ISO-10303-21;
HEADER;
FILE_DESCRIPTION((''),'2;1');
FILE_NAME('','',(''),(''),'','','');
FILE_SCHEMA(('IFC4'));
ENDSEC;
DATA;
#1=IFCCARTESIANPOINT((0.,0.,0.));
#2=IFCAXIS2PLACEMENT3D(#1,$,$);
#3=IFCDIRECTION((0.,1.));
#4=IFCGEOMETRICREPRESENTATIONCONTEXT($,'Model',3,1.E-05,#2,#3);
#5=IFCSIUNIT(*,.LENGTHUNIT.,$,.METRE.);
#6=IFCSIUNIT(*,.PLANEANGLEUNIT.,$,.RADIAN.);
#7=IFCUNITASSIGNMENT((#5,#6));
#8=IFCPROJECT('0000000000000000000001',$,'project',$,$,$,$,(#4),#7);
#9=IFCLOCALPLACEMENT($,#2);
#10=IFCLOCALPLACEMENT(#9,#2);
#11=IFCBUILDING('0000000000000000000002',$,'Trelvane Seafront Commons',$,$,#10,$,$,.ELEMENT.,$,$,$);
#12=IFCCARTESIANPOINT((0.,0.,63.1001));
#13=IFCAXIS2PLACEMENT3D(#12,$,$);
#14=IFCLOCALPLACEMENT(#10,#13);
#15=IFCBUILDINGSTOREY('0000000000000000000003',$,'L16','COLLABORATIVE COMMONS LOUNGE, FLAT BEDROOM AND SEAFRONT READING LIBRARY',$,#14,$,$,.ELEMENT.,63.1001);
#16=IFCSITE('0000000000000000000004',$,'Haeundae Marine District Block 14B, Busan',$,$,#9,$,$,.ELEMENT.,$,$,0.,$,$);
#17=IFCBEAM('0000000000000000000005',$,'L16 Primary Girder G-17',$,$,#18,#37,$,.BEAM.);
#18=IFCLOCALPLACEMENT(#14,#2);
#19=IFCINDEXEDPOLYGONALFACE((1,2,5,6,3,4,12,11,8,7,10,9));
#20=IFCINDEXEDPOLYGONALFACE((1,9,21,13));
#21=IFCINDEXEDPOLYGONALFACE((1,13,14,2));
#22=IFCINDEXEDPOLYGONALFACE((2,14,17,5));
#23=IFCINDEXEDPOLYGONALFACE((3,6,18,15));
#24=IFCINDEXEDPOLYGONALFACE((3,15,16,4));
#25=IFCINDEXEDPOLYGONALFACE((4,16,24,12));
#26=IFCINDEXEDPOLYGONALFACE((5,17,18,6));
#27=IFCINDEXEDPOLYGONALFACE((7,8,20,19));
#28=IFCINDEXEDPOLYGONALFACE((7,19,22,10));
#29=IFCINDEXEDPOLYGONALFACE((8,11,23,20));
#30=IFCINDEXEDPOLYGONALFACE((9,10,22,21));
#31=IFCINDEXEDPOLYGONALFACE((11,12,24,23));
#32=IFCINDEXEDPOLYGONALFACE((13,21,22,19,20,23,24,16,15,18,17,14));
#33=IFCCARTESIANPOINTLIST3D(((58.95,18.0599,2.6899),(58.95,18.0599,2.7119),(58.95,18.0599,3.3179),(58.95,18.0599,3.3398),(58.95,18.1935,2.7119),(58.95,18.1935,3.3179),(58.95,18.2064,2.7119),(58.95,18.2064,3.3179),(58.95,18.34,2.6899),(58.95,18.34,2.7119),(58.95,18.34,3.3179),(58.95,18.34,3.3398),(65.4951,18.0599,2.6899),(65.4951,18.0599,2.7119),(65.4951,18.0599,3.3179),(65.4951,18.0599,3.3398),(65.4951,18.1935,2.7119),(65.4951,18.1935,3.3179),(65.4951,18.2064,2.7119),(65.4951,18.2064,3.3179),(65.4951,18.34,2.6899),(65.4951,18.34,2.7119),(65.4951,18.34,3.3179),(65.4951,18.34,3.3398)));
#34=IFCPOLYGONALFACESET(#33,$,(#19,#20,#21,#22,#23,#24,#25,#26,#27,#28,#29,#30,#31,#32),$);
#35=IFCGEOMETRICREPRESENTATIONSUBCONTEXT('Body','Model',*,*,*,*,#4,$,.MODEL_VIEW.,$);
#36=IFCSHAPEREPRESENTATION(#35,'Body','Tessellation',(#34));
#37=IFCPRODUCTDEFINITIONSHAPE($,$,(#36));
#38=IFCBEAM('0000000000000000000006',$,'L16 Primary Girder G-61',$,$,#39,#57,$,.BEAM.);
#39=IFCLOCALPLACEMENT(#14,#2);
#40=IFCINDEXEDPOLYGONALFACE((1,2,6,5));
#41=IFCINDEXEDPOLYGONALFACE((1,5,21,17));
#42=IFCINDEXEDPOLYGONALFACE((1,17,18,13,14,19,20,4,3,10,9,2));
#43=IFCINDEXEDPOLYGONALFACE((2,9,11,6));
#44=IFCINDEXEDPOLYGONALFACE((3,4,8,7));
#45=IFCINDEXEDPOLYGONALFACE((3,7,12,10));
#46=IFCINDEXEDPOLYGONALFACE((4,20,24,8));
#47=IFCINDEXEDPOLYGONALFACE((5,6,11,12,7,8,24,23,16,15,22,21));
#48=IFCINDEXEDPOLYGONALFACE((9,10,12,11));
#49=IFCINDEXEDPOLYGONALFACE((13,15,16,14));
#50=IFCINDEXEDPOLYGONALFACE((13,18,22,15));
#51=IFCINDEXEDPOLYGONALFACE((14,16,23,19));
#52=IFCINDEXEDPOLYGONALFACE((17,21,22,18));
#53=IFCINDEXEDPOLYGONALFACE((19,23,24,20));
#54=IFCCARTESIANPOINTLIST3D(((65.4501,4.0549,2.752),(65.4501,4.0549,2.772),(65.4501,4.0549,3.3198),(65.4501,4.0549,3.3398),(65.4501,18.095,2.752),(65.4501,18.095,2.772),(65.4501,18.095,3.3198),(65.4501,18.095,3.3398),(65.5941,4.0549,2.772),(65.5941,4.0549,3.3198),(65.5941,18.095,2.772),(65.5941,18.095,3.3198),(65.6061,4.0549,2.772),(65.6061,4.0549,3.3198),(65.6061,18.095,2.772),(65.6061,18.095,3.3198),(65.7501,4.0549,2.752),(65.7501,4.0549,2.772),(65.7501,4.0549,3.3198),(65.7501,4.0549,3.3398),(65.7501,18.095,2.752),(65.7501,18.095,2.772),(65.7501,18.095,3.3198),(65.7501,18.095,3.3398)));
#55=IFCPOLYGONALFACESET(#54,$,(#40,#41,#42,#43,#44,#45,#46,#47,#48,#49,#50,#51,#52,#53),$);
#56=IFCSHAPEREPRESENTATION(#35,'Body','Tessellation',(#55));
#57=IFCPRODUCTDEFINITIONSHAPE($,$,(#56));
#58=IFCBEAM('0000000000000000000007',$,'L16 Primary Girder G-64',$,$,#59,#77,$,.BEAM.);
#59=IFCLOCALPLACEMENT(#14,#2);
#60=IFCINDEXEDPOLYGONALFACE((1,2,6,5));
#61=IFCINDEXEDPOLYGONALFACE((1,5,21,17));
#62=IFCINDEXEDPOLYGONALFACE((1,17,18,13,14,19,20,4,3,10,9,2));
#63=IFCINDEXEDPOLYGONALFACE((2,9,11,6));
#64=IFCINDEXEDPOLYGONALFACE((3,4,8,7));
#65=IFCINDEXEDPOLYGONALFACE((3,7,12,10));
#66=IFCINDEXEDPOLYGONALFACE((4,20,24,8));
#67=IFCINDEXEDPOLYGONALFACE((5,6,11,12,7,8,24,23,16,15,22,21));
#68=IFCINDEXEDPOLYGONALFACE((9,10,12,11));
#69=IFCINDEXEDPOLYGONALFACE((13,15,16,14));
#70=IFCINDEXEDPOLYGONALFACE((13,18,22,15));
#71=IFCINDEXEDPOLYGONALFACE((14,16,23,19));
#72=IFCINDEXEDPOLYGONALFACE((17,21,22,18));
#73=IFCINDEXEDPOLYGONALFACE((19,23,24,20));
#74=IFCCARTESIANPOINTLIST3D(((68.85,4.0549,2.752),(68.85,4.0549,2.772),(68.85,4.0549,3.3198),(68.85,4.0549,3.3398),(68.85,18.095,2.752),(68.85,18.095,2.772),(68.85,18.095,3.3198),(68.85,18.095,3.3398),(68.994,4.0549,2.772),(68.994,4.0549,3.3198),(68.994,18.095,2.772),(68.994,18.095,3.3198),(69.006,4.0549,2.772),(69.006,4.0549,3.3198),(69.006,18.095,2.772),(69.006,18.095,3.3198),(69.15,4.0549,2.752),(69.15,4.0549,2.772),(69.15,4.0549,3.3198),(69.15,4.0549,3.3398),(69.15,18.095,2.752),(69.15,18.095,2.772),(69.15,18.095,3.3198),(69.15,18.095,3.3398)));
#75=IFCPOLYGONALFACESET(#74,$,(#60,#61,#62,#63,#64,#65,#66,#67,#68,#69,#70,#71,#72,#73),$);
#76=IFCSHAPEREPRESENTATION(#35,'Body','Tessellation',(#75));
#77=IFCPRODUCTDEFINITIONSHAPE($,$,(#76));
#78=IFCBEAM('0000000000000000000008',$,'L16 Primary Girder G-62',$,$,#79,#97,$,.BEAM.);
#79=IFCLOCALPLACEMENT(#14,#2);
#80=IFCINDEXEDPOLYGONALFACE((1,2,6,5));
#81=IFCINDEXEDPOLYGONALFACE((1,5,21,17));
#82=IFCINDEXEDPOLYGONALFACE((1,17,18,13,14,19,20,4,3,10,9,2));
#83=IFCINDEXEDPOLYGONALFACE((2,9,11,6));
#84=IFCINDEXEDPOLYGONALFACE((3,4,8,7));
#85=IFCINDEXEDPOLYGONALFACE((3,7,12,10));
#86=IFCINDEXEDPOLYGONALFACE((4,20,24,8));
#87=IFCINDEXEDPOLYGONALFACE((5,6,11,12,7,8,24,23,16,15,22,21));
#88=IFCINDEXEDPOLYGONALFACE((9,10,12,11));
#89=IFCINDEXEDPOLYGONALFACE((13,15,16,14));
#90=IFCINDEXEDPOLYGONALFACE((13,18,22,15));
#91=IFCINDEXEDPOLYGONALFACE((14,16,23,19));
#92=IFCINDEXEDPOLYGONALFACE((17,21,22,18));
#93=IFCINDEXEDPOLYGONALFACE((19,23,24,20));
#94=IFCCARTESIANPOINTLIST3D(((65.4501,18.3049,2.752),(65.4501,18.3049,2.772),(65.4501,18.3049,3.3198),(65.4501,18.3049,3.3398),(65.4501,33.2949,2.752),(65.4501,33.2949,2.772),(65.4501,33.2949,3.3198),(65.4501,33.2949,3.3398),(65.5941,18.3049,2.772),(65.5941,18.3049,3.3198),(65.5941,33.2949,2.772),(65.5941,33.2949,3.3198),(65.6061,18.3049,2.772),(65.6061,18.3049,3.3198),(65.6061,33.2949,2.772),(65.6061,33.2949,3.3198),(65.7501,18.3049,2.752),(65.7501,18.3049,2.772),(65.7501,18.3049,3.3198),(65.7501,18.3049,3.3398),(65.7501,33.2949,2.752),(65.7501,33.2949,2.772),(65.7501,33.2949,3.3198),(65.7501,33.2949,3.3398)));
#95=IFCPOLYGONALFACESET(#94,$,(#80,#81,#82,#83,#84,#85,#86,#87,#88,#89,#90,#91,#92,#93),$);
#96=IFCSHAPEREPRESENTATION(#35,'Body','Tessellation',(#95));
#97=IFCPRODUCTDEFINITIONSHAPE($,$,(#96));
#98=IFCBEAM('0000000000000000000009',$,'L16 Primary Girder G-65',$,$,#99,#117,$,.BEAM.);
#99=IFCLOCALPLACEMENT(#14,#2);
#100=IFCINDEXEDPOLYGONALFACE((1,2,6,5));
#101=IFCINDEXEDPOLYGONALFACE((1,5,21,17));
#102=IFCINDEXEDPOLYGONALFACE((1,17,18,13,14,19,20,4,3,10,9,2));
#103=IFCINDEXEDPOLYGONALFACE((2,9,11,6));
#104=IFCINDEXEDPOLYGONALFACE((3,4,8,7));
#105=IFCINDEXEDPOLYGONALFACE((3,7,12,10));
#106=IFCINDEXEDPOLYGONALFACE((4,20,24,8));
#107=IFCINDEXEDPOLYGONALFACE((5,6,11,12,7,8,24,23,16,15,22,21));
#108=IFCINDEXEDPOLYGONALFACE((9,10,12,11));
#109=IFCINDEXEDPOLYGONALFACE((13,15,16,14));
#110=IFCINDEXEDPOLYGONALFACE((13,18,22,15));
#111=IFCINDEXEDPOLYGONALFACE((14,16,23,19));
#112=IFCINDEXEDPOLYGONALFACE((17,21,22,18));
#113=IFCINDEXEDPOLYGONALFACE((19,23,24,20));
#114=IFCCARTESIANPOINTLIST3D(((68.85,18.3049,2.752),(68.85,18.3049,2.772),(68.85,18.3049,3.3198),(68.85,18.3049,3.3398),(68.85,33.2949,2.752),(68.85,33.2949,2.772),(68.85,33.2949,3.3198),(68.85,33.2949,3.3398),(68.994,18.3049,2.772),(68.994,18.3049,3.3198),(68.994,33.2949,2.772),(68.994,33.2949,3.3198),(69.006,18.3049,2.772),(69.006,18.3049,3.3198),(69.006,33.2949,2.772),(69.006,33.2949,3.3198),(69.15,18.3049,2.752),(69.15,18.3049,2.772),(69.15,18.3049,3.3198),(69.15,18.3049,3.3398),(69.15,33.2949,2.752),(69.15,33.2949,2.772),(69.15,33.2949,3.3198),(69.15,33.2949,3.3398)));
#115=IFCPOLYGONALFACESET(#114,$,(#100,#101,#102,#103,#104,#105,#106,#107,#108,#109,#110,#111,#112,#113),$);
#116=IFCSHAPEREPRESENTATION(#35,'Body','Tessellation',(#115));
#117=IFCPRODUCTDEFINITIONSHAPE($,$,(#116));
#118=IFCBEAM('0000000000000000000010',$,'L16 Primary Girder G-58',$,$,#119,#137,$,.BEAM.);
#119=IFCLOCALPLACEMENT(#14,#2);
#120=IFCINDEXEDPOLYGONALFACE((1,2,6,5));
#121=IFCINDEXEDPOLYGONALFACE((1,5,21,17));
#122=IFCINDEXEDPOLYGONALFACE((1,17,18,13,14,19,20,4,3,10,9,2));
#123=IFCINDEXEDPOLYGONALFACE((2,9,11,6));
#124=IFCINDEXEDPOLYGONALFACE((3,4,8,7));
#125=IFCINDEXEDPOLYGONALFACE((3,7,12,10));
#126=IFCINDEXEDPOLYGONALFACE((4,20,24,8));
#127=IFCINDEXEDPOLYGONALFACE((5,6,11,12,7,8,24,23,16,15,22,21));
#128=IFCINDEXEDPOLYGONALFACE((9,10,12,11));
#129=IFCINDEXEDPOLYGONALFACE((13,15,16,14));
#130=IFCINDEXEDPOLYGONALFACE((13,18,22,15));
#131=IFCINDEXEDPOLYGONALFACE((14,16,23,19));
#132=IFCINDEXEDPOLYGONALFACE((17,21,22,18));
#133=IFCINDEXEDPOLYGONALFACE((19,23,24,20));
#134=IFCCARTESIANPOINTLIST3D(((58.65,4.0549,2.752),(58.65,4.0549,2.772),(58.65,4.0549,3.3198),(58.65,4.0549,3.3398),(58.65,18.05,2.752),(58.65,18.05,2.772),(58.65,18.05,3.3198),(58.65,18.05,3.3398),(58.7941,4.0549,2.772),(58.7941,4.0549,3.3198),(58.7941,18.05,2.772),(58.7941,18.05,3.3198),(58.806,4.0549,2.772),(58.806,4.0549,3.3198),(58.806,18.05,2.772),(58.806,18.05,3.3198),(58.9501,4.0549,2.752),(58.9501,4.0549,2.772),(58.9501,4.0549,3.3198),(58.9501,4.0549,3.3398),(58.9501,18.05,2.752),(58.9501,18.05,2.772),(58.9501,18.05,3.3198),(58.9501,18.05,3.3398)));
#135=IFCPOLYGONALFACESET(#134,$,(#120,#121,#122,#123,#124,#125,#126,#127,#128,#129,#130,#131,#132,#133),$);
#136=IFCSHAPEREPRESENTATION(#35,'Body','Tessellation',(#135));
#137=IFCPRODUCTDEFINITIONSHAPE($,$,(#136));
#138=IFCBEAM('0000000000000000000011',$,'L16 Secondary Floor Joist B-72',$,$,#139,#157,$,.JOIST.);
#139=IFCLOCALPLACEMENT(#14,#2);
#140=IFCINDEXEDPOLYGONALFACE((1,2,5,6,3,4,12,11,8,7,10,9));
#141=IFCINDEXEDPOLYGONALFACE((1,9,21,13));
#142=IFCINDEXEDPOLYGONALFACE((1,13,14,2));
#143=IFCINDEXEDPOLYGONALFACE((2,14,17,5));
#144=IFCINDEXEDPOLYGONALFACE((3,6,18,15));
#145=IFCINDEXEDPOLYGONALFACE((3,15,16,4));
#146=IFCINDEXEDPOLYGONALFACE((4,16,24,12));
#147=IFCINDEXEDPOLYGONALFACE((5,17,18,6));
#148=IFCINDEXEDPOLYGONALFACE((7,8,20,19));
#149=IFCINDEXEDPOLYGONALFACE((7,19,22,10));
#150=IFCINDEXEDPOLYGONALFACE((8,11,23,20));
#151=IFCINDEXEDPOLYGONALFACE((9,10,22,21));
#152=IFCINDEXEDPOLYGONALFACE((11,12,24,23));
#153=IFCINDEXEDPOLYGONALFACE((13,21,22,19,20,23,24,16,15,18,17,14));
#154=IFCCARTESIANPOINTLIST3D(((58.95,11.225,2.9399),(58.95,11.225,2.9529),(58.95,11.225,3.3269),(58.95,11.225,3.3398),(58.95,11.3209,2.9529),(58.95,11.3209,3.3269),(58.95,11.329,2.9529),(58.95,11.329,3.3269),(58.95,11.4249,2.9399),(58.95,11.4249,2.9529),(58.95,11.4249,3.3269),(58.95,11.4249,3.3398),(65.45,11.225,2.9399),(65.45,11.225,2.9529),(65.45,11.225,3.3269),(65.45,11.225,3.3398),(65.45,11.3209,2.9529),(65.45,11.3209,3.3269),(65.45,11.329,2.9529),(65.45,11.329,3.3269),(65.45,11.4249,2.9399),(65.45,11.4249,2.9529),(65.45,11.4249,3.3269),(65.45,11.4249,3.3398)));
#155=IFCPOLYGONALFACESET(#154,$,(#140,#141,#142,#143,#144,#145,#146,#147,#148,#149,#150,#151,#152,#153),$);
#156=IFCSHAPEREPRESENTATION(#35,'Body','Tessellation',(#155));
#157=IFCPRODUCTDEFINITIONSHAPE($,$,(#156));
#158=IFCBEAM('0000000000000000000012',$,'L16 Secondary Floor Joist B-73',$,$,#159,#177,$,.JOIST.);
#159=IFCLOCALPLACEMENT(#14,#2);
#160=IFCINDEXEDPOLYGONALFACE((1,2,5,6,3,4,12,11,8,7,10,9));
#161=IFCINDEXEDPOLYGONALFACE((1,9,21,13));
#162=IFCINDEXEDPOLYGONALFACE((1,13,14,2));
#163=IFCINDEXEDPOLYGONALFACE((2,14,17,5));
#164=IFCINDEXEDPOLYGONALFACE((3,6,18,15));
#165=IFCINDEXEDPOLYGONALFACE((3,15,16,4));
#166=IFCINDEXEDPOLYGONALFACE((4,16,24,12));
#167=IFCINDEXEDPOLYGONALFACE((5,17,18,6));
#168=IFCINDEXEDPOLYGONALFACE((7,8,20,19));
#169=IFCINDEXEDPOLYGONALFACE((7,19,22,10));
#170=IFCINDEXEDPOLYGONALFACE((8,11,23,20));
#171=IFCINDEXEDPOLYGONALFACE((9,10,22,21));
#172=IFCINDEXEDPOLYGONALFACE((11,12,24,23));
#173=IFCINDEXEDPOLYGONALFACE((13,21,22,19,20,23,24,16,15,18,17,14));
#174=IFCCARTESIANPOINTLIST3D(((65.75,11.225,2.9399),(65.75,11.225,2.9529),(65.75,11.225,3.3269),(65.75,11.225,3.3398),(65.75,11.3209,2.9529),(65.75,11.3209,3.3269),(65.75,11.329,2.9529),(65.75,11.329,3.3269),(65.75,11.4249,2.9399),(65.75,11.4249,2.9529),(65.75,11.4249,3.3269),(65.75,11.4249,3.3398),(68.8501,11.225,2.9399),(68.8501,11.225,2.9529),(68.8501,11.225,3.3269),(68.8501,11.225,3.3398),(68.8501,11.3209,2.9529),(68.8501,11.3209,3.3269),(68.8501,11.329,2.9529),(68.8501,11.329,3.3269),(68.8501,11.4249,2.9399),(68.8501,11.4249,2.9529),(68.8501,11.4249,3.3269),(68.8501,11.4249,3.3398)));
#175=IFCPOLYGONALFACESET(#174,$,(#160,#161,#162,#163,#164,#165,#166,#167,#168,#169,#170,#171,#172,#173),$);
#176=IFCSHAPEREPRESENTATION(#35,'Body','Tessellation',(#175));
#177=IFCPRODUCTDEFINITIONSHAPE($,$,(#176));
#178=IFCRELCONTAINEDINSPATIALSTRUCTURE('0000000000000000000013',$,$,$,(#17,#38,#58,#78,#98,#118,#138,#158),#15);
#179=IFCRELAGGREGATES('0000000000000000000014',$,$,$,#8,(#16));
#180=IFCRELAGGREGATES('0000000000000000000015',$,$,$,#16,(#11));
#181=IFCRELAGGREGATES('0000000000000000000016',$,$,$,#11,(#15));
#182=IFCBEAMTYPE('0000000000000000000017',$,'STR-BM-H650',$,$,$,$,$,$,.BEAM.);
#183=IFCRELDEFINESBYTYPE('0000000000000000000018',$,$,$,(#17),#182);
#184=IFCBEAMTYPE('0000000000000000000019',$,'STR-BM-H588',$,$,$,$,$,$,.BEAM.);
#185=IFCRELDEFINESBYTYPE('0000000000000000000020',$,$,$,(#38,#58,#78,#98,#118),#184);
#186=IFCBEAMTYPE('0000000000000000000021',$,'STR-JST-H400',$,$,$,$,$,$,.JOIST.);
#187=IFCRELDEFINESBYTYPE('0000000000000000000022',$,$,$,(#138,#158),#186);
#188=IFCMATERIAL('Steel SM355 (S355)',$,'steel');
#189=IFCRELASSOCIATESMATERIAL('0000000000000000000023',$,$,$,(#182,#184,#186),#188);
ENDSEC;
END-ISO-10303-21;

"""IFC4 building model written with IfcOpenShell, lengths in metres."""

from ifc_helpers import new_model, si_unit, direction, frame, origin, origin_2d, place, context, subcontext, project, spatial, i_section, extrude, source, transform, mapped, material, material_profile, profile_set, type_object, element, save


model = new_model("IFC4")

# Units and contexts
model_context = context("Model", 3, precision=1e-05, world=origin(), true_north=direction((0.0, 1.0)))
body_context = subcontext(model_context, "Body", "Model", "MODEL_VIEW")
ifc_project = project(units=[si_unit("LENGTHUNIT", "METRE"), si_unit("PLANEANGLEUNIT", "RADIAN")], contexts=[model_context])

# Site, building, storey
site_placement = place(None, origin())
site = spatial("IfcSite", under=ifc_project, at=site_placement, Name="Haeundae Marine District Block 14B, Busan", CompositionType="ELEMENT", RefElevation=0.0)
building_placement = place(site_placement, origin())
building = spatial("IfcBuilding", under=site, at=building_placement, Name="Trelvane Seafront Commons", CompositionType="ELEMENT")
storey_placement = place(building_placement, frame((0.0, 0.0, 63.1001)))
storey = spatial("IfcBuildingStorey", under=building, at=storey_placement, Name="L16", Description="COLLABORATIVE COMMONS LOUNGE, FLAT BEDROOM AND SEAFRONT READING LIBRARY", CompositionType="ELEMENT", Elevation=63.1001)

# Shared definitions
ifc_material_1 = material(Name="Steel SM355 (S355)", Category="steel")

# Beams
ifc_material_profile_1 = material_profile(ifc_material_1, i_section(OverallWidth=0.28, OverallDepth=0.6499, WebThickness=0.0129, FlangeThickness=0.022, at=origin_2d()), Name="H-650x280x13x22")
ifc_profile_set_1 = profile_set([ifc_material_profile_1], Name="Steel SM355 (S355)")
beam_type_1 = type_object("IfcBeamType", Name="STR-BM-H650", PredefinedType="BEAM", material=ifc_profile_set_1)
shared_shape_1 = source(origin(), body_context, "Body", "SweptSolid", [
    extrude(i_section(OverallWidth=0.28, OverallDepth=0.6499, WebThickness=0.0129, FlangeThickness=0.022, at=origin_2d()), origin(), (0.0, 0.0, 1.0), 6.5452),
])
beam_1_placement = place(storey_placement, frame((58.95, 18.2, 3.0149), z_axis=(1.0, 0.0, 0.0), x_axis=(0.0, 1.0, 0.0)))
element("IfcBeam", 1, at=beam_1_placement, inside=storey, type_object=beam_type_1, Name="L16 Primary Girder G-17", PredefinedType="BEAM", context=body_context, shape_type="MappedRepresentation", body=[
    mapped(shared_shape_1, transform((0.0, 0.0, 0.0), x_axis=(1.0, 0.0, 0.0), y_axis=(0.0, 1.0, 0.0), z_axis=(0.0, 0.0, 1.0), scale=1.0)),
])
ifc_material_profile_2 = material_profile(ifc_material_1, i_section(OverallWidth=0.3, OverallDepth=0.5879, WebThickness=0.012, FlangeThickness=0.02, at=origin_2d()), Name="H-588x300x12x20")
ifc_profile_set_2 = profile_set([ifc_material_profile_2], Name="Steel SM355 (S355)")
beam_type_2 = type_object("IfcBeamType", Name="STR-BM-H588", PredefinedType="BEAM", material=ifc_profile_set_2)
shared_shape_2 = source(origin(), body_context, "Body", "SweptSolid", [
    extrude(i_section(OverallWidth=0.3, OverallDepth=0.5879, WebThickness=0.012, FlangeThickness=0.02, at=origin_2d()), origin(), (0.0, 0.0, 1.0), 14.04),
])
for number, where, z_axis, x_axis, name in (
    (2, (65.6001, 4.0549, 3.0459), (0.0, 1.0, 0.0), (-1.0, 0.0, 0.0), "L16 Primary Girder G-61"),
    (3, (69.0, 4.0549, 3.0459), (0.0, 1.0, 0.0), (-1.0, 0.0, 0.0), "L16 Primary Girder G-64"),
):
    element("IfcBeam", number, at=place(storey_placement, frame(where, z_axis=z_axis, x_axis=x_axis)), inside=storey, type_object=beam_type_2, Name=name, PredefinedType="BEAM", context=body_context, shape_type="MappedRepresentation", body=[
        mapped(shared_shape_2, transform((0.0, 0.0, 0.0), x_axis=(1.0, 0.0, 0.0), y_axis=(0.0, 1.0, 0.0), z_axis=(0.0, 0.0, 1.0), scale=1.0)),
    ])
shared_shape_3 = source(origin(), body_context, "Body", "SweptSolid", [
    extrude(i_section(OverallWidth=0.3, OverallDepth=0.5879, WebThickness=0.012, FlangeThickness=0.02, at=origin_2d()), origin(), (0.0, 0.0, 1.0), 14.99),
])
for number, where, z_axis, x_axis, name in (
    (4, (65.6001, 18.3049, 3.0459), (0.0, 1.0, 0.0), (-1.0, 0.0, 0.0), "L16 Primary Girder G-62"),
    (5, (69.0, 18.3049, 3.0459), (0.0, 1.0, 0.0), (-1.0, 0.0, 0.0), "L16 Primary Girder G-65"),
):
    element("IfcBeam", number, at=place(storey_placement, frame(where, z_axis=z_axis, x_axis=x_axis)), inside=storey, type_object=beam_type_2, Name=name, PredefinedType="BEAM", context=body_context, shape_type="MappedRepresentation", body=[
        mapped(shared_shape_3, transform((0.0, 0.0, 0.0), x_axis=(1.0, 0.0, 0.0), y_axis=(0.0, 1.0, 0.0), z_axis=(0.0, 0.0, 1.0), scale=1.0)),
    ])
shared_shape_4 = source(origin(), body_context, "Body", "SweptSolid", [
    extrude(i_section(OverallWidth=0.3, OverallDepth=0.5879, WebThickness=0.012, FlangeThickness=0.02, at=origin_2d()), origin(), (0.0, 0.0, 1.0), 13.9951),
])
beam_2_placement = place(storey_placement, frame((58.8, 4.0549, 3.0459), z_axis=(0.0, 1.0, 0.0), x_axis=(-1.0, 0.0, 0.0)))
element("IfcBeam", 6, at=beam_2_placement, inside=storey, type_object=beam_type_2, Name="L16 Primary Girder G-58", PredefinedType="BEAM", context=body_context, shape_type="MappedRepresentation", body=[
    mapped(shared_shape_4, transform((0.0, 0.0, 0.0), x_axis=(1.0, 0.0, 0.0), y_axis=(0.0, 1.0, 0.0), z_axis=(0.0, 0.0, 1.0), scale=1.0)),
])
ifc_material_profile_3 = material_profile(ifc_material_1, i_section(OverallWidth=0.2, OverallDepth=0.3999, WebThickness=0.0081, FlangeThickness=0.0129, at=origin_2d()), Name="H-400x200x8x13")
ifc_profile_set_3 = profile_set([ifc_material_profile_3], Name="Steel SM355 (S355)")
beam_type_3 = type_object("IfcBeamType", Name="STR-JST-H400", PredefinedType="JOIST", material=ifc_profile_set_3)
shared_shape_5 = source(origin(), body_context, "Body", "SweptSolid", [
    extrude(i_section(OverallWidth=0.2, OverallDepth=0.3999, WebThickness=0.0081, FlangeThickness=0.0129, at=origin_2d()), origin(), (0.0, 0.0, 1.0), 6.5),
])
beam_3_placement = place(storey_placement, frame((58.95, 11.325, 3.1399), z_axis=(1.0, 0.0, 0.0), x_axis=(0.0, 1.0, 0.0)))
element("IfcBeam", 7, at=beam_3_placement, inside=storey, type_object=beam_type_3, Name="L16 Secondary Floor Joist B-72", PredefinedType="JOIST", context=body_context, shape_type="MappedRepresentation", body=[
    mapped(shared_shape_5, transform((0.0, 0.0, 0.0), x_axis=(1.0, 0.0, 0.0), y_axis=(0.0, 1.0, 0.0), z_axis=(0.0, 0.0, 1.0), scale=1.0)),
])
shared_shape_6 = source(origin(), body_context, "Body", "SweptSolid", [
    extrude(i_section(OverallWidth=0.2, OverallDepth=0.3999, WebThickness=0.0081, FlangeThickness=0.0129, at=origin_2d()), origin(), (0.0, 0.0, 1.0), 3.1001),
])
beam_4_placement = place(storey_placement, frame((65.75, 11.325, 3.1399), z_axis=(1.0, 0.0, 0.0), x_axis=(0.0, 1.0, 0.0)))
element("IfcBeam", 8, at=beam_4_placement, inside=storey, type_object=beam_type_3, Name="L16 Secondary Floor Joist B-73", PredefinedType="JOIST", context=body_context, shape_type="MappedRepresentation", body=[
    mapped(shared_shape_6, transform((0.0, 0.0, 0.0), x_axis=(1.0, 0.0, 0.0), y_axis=(0.0, 1.0, 0.0), z_axis=(0.0, 0.0, 1.0), scale=1.0)),
])

save(model, "model.ifc")
